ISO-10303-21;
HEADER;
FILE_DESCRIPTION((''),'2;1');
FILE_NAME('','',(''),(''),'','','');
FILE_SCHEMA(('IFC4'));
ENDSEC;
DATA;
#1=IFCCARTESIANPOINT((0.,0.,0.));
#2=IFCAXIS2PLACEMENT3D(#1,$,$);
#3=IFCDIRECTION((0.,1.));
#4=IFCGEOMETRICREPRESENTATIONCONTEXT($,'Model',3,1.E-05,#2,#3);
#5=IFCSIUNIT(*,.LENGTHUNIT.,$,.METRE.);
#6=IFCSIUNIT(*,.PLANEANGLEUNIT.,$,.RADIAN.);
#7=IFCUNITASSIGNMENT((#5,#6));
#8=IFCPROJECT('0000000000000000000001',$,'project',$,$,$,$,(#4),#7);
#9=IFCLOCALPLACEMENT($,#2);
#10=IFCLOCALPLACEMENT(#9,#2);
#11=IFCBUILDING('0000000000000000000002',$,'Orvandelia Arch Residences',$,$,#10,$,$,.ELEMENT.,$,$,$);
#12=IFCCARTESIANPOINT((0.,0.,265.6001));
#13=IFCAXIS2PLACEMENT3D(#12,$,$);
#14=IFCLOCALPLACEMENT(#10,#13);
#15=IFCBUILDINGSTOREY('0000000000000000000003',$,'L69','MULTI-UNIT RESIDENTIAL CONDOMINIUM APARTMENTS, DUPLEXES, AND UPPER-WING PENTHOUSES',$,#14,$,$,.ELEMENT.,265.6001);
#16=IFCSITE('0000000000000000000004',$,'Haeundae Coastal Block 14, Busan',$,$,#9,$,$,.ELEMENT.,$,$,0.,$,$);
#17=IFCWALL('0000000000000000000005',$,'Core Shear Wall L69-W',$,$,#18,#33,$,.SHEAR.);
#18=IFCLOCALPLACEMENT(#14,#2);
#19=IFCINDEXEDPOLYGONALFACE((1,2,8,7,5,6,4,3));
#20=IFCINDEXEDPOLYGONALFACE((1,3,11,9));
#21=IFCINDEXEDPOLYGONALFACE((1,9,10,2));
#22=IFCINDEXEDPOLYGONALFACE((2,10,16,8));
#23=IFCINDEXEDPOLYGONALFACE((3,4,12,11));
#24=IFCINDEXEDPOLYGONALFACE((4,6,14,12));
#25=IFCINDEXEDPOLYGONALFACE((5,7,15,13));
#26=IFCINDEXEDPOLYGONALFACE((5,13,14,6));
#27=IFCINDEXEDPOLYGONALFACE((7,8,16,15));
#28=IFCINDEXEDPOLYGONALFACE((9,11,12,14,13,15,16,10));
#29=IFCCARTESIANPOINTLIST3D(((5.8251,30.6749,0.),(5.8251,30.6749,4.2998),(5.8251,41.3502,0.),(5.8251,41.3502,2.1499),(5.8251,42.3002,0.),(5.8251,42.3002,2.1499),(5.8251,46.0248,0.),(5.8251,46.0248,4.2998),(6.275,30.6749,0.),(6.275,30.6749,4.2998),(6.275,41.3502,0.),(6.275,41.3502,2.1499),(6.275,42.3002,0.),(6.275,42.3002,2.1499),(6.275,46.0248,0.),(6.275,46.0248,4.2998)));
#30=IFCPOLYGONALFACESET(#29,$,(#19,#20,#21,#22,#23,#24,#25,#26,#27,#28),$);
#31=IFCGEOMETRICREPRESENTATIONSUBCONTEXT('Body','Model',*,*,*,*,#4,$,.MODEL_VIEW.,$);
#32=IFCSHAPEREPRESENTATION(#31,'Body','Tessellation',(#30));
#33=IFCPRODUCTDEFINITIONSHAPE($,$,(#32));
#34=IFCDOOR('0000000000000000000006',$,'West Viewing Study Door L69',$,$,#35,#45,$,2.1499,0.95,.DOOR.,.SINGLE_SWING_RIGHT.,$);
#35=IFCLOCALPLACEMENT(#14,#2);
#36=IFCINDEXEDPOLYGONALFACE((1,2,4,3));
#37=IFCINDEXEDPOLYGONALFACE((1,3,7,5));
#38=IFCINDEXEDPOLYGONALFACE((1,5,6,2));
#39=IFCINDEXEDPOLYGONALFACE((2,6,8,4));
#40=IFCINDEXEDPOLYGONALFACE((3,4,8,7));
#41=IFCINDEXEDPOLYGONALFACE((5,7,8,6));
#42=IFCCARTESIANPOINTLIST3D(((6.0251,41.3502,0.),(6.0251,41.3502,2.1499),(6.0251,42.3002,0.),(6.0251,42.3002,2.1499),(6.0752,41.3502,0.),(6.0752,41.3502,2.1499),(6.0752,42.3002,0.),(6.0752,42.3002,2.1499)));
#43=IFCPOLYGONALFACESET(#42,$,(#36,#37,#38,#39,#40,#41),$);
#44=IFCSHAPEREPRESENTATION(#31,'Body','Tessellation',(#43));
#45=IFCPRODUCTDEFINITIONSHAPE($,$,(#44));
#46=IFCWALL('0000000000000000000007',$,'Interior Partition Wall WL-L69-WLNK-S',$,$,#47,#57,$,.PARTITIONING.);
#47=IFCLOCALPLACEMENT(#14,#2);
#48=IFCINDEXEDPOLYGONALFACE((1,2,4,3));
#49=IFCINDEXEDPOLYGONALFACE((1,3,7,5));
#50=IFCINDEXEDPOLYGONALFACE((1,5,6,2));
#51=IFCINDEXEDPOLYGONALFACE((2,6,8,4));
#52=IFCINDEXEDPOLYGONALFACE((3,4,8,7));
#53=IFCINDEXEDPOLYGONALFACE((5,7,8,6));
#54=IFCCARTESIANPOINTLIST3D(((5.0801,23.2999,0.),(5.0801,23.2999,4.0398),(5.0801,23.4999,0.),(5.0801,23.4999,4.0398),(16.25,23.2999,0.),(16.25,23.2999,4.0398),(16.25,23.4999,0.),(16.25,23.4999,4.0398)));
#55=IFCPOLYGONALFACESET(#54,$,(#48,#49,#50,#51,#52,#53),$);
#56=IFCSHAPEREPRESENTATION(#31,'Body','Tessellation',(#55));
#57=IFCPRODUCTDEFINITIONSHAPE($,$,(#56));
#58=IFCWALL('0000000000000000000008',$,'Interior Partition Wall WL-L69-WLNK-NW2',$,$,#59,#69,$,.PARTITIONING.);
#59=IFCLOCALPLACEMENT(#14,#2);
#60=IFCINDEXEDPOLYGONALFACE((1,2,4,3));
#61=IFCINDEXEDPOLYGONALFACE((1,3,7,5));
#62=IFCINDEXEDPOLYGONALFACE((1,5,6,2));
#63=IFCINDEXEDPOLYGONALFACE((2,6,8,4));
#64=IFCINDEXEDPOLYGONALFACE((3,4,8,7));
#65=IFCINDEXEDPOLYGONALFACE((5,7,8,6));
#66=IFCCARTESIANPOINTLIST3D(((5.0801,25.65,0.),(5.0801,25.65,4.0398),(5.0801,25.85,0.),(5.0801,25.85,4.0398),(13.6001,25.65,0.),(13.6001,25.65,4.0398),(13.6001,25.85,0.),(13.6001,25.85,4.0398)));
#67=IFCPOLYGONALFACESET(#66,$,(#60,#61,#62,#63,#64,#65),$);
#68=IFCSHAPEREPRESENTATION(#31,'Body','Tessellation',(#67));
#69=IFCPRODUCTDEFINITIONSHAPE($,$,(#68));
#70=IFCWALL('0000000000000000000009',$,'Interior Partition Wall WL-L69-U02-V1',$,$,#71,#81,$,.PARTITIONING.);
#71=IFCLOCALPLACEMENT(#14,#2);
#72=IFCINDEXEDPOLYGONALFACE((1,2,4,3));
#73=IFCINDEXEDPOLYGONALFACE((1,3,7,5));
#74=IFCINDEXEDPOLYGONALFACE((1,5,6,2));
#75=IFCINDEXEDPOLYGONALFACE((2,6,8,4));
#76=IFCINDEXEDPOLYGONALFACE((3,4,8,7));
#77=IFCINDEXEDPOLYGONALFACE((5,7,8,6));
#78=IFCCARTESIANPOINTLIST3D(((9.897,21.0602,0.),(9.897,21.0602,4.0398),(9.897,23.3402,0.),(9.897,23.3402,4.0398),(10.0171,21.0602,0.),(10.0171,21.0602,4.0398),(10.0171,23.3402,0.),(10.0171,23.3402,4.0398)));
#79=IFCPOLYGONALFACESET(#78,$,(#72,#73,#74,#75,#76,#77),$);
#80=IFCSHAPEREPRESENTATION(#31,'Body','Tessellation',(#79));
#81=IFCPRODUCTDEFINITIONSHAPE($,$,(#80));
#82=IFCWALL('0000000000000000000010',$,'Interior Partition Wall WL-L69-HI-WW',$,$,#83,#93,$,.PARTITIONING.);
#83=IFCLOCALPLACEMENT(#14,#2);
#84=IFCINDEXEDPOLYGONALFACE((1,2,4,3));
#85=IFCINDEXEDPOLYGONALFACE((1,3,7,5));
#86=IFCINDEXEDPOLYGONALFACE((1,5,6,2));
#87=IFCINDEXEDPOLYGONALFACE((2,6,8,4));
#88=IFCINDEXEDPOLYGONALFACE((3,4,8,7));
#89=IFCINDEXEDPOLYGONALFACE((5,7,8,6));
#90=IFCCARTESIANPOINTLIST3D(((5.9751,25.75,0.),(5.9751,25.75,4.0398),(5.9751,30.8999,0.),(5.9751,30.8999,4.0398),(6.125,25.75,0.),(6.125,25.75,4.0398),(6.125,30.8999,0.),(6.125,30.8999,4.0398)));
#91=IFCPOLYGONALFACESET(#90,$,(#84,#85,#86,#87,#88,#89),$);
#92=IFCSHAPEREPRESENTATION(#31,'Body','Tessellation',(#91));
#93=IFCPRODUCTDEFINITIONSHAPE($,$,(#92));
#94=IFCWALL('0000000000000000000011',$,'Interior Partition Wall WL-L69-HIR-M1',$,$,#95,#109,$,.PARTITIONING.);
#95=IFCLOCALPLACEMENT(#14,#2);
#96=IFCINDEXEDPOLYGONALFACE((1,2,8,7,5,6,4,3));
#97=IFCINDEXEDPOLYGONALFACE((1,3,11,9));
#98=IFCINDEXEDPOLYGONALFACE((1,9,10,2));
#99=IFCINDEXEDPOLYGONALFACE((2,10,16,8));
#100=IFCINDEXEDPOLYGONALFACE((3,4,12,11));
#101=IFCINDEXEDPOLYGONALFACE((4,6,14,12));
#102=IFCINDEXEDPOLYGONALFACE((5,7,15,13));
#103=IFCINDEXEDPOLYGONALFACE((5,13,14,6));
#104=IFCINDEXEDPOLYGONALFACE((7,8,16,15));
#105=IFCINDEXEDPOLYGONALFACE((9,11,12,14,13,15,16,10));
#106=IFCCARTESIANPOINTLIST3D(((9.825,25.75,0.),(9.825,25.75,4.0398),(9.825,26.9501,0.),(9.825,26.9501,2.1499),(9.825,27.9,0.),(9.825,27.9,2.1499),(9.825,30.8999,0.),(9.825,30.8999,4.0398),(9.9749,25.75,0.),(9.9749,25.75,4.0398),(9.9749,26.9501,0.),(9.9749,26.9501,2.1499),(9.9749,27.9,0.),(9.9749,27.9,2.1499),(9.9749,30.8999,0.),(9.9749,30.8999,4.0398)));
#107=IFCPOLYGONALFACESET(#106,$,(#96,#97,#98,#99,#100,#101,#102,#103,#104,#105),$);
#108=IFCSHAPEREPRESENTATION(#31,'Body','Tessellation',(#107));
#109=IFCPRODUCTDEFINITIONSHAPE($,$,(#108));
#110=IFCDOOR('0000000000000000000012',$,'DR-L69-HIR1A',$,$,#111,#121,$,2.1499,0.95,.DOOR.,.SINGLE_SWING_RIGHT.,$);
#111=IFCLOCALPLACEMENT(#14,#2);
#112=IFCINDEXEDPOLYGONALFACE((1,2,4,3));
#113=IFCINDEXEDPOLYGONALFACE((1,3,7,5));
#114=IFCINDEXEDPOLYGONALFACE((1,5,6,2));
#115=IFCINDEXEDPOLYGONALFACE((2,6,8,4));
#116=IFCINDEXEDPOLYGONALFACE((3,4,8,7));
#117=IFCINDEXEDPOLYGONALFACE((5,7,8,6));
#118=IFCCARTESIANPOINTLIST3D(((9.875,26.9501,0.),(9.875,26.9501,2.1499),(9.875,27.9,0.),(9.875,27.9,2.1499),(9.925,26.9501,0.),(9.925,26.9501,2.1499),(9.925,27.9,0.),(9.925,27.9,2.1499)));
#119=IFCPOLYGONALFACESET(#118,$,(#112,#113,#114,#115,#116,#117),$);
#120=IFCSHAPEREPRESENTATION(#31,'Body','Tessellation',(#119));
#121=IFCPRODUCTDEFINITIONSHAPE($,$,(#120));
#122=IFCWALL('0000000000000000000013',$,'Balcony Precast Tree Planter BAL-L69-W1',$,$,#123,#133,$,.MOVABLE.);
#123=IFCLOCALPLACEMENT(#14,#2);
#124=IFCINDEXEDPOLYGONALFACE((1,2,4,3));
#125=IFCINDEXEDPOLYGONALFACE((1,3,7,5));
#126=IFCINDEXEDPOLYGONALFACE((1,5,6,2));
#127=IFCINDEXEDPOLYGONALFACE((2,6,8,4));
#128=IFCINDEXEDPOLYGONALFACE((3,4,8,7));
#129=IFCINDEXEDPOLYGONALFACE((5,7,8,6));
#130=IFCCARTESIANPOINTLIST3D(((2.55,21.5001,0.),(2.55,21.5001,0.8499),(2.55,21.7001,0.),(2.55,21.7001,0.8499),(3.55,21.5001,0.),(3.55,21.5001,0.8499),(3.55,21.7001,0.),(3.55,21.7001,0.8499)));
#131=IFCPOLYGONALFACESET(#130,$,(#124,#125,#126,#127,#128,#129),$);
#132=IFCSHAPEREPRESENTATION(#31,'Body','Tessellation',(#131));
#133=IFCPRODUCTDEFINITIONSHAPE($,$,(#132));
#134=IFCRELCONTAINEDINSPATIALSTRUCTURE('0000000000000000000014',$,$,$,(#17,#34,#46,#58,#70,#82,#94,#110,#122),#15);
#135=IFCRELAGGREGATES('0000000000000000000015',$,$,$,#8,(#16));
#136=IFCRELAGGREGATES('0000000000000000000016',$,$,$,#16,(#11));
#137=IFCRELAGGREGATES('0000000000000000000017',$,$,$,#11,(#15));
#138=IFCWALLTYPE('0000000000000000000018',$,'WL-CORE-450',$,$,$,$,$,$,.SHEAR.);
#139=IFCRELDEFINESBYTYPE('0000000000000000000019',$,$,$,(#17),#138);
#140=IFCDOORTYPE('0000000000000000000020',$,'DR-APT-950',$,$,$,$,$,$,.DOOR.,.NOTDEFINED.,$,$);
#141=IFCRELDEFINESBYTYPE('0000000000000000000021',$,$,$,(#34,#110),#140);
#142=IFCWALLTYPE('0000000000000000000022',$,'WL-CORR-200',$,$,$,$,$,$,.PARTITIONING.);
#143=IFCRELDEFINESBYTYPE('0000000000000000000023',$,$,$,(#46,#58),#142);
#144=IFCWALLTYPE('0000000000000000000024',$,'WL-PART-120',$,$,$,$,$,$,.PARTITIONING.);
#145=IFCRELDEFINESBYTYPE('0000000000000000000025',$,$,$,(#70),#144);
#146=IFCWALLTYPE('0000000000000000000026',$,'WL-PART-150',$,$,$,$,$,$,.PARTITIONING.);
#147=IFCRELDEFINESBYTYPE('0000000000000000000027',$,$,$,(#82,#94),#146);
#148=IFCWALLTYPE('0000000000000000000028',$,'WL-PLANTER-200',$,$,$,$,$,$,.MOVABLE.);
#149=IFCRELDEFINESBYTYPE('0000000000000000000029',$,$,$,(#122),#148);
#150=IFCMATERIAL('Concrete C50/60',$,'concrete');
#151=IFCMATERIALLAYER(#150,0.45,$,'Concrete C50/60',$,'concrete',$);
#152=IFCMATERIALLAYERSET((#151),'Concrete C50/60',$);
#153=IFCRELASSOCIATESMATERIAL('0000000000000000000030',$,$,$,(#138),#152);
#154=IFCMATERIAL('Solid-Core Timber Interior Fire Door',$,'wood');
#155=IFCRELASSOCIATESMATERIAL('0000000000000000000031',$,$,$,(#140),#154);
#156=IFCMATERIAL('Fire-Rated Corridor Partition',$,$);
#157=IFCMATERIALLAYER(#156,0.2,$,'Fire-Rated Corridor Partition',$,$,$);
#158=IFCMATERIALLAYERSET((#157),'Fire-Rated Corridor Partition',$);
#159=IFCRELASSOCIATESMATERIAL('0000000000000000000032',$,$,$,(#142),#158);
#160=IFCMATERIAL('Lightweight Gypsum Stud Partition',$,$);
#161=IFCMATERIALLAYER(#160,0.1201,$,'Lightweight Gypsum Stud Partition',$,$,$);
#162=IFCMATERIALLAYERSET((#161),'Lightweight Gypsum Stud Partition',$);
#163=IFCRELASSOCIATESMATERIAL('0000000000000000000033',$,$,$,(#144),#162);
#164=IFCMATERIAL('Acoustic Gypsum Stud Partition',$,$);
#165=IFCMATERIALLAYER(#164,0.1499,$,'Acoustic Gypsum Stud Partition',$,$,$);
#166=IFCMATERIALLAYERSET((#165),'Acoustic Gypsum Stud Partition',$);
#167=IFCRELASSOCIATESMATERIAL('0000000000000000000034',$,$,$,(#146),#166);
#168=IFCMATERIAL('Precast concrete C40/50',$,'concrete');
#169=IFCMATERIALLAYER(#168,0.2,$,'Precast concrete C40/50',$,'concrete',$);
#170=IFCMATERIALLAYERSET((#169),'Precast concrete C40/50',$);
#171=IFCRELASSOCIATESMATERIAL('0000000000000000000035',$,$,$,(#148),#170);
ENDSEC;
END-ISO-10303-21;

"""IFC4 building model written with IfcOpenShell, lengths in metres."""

from ifc_helpers import new_model, si_unit, direction, frame, frame_2d, origin, place, context, subcontext, project, spatial, rectangle, extrude, material, layer, layer_set, type_object, element, fill, save


model = new_model("IFC4")

# Units and contexts
model_context = context("Model", 3, precision=1e-05, world=origin(), true_north=direction((0.0, 1.0)))
body_context = subcontext(model_context, "Body", "Model", "MODEL_VIEW")
ifc_project = project(units=[si_unit("LENGTHUNIT", "METRE"), si_unit("PLANEANGLEUNIT", "RADIAN")], contexts=[model_context])

# Site, building, storey
site_placement = place(None, origin())
site = spatial("IfcSite", under=ifc_project, at=site_placement, Name="Haeundae Coastal Block 14, Busan", CompositionType="ELEMENT", RefElevation=0.0)
building_placement = place(site_placement, origin())
building = spatial("IfcBuilding", under=site, at=building_placement, Name="Orvandelia Arch Residences", CompositionType="ELEMENT")
storey_placement = place(building_placement, frame((0.0, 0.0, 265.6001)))
storey = spatial("IfcBuildingStorey", under=building, at=storey_placement, Name="L69", Description="MULTI-UNIT RESIDENTIAL CONDOMINIUM APARTMENTS, DUPLEXES, AND UPPER-WING PENTHOUSES", CompositionType="ELEMENT", Elevation=265.6001)

# Shared definitions
ifc_material_1 = material(Name="Concrete C50/60", Category="concrete")

# Wall, opening, door
ifc_layer_1 = layer(ifc_material_1, 0.45, Name="Concrete C50/60", Category="concrete")
ifc_layer_set_1 = layer_set([ifc_layer_1], Name="Concrete C50/60")
wall_type_1 = type_object("IfcWallType", Name="WL-CORE-450", PredefinedType="SHEAR", material=ifc_layer_set_1)
wall_1_placement = place(storey_placement, frame((6.05, 30.675, 0.0), z_axis=(0.0, 0.0, 1.0), x_axis=(0.0, 1.0, 0.0)))
wall_1 = element("IfcWall", 1, at=wall_1_placement, inside=storey, type_object=wall_type_1, Name="Core Shear Wall L69-W", PredefinedType="SHEAR", context=body_context, shape_type="SweptSolid", body=[
    extrude(rectangle(XDim=15.3499, YDim=0.45, at=frame_2d((7.6748, 0.0))), origin(), (0.0, 0.0, 1.0), 4.2998),
])
opening_1_placement = place(wall_1_placement, frame((10.675, 0.0, 0.0)))
opening_1 = element("IfcOpeningElement", 2, at=opening_1_placement, cuts=wall_1, PredefinedType="OPENING", context=body_context, shape_type="SweptSolid", body=[
    extrude(rectangle(XDim=0.95, YDim=2.1499, at=frame_2d((0.4751, 1.075))), frame((0.0, 0.2349, 0.0), z_axis=(0.0, -1.0, 0.0), x_axis=(1.0, 0.0, 0.0)), (0.0, 0.0, 1.0), 0.47),
])
ifc_material_2 = material(Name="Solid-Core Timber Interior Fire Door", Category="wood")
door_type_1 = type_object("IfcDoorType", Name="DR-APT-950", OperationType="NOTDEFINED", PredefinedType="DOOR", material=ifc_material_2)
door_1_placement = place(opening_1_placement, origin())
door_1 = element("IfcDoor", 3, at=door_1_placement, inside=storey, type_object=door_type_1, Name="West Viewing Study Door L69", OperationType="SINGLE_SWING_RIGHT", OverallHeight=2.1499, OverallWidth=0.95, PredefinedType="DOOR", context=body_context, shape_type="SweptSolid", body=[
    extrude(rectangle(XDim=0.95, YDim=2.1499, at=frame_2d((0.4751, 1.075))), frame((0.0, 0.0249, 0.0), z_axis=(0.0, -1.0, 0.0), x_axis=(1.0, 0.0, 0.0)), (0.0, 0.0, 1.0), 0.05),
])
fill(opening_1, door_1)

# Walls
ifc_material_3 = material(Name="Fire-Rated Corridor Partition")
ifc_layer_2 = layer(ifc_material_3, 0.2, Name="Fire-Rated Corridor Partition")
ifc_layer_set_2 = layer_set([ifc_layer_2], Name="Fire-Rated Corridor Partition")
wall_type_2 = type_object("IfcWallType", Name="WL-CORR-200", PredefinedType="PARTITIONING", material=ifc_layer_set_2)
wall_2_placement = place(storey_placement, frame((5.0801, 23.3999, 0.0), z_axis=(0.0, 0.0, 1.0), x_axis=(1.0, 0.0, 0.0)))
element("IfcWall", 4, at=wall_2_placement, inside=storey, type_object=wall_type_2, Name="Interior Partition Wall WL-L69-WLNK-S", PredefinedType="PARTITIONING", context=body_context, shape_type="SweptSolid", body=[
    extrude(rectangle(XDim=11.1699, YDim=0.2, at=frame_2d((5.585, 0.0))), origin(), (0.0, 0.0, 1.0), 4.0398),
])
wall_3_placement = place(storey_placement, frame((5.0801, 25.75, 0.0), z_axis=(0.0, 0.0, 1.0), x_axis=(1.0, 0.0, 0.0)))
element("IfcWall", 5, at=wall_3_placement, inside=storey, type_object=wall_type_2, Name="Interior Partition Wall WL-L69-WLNK-NW2", PredefinedType="PARTITIONING", context=body_context, shape_type="SweptSolid", body=[
    extrude(rectangle(XDim=8.52, YDim=0.2, at=frame_2d((4.26, 0.0))), origin(), (0.0, 0.0, 1.0), 4.0398),
])
ifc_material_4 = material(Name="Lightweight Gypsum Stud Partition")
ifc_layer_3 = layer(ifc_material_4, 0.1201, Name="Lightweight Gypsum Stud Partition")
ifc_layer_set_3 = layer_set([ifc_layer_3], Name="Lightweight Gypsum Stud Partition")
wall_type_3 = type_object("IfcWallType", Name="WL-PART-120", PredefinedType="PARTITIONING", material=ifc_layer_set_3)
wall_4_placement = place(storey_placement, frame((9.957, 21.0601, 0.0), z_axis=(0.0, 0.0, 1.0), x_axis=(0.0, 1.0, 0.0)))
element("IfcWall", 6, at=wall_4_placement, inside=storey, type_object=wall_type_3, Name="Interior Partition Wall WL-L69-U02-V1", PredefinedType="PARTITIONING", context=body_context, shape_type="SweptSolid", body=[
    extrude(rectangle(XDim=2.28, YDim=0.1201, at=frame_2d((1.1401, 0.0))), origin(), (0.0, 0.0, 1.0), 4.0398),
])
ifc_material_5 = material(Name="Acoustic Gypsum Stud Partition")
ifc_layer_4 = layer(ifc_material_5, 0.1499, Name="Acoustic Gypsum Stud Partition")
ifc_layer_set_4 = layer_set([ifc_layer_4], Name="Acoustic Gypsum Stud Partition")
wall_type_4 = type_object("IfcWallType", Name="WL-PART-150", PredefinedType="PARTITIONING", material=ifc_layer_set_4)
wall_5_placement = place(storey_placement, frame((6.05, 25.75, 0.0), z_axis=(0.0, 0.0, 1.0), x_axis=(0.0, 1.0, 0.0)))
element("IfcWall", 7, at=wall_5_placement, inside=storey, type_object=wall_type_4, Name="Interior Partition Wall WL-L69-HI-WW", PredefinedType="PARTITIONING", context=body_context, shape_type="SweptSolid", body=[
    extrude(rectangle(XDim=5.1499, YDim=0.1499, at=frame_2d((2.575, 0.0))), origin(), (0.0, 0.0, 1.0), 4.0398),
])

# Wall, opening, door
wall_6_placement = place(storey_placement, frame((9.8999, 25.75, 0.0), z_axis=(0.0, 0.0, 1.0), x_axis=(0.0, 1.0, 0.0)))
wall_6 = element("IfcWall", 8, at=wall_6_placement, inside=storey, type_object=wall_type_4, Name="Interior Partition Wall WL-L69-HIR-M1", PredefinedType="PARTITIONING", context=body_context, shape_type="SweptSolid", body=[
    extrude(rectangle(XDim=5.1499, YDim=0.1499, at=frame_2d((2.575, 0.0))), origin(), (0.0, 0.0, 1.0), 4.0398),
])
opening_2_placement = place(wall_6_placement, frame((1.2, 0.0, 0.0)))
opening_2 = element("IfcOpeningElement", 9, at=opening_2_placement, cuts=wall_6, PredefinedType="OPENING", context=body_context, shape_type="SweptSolid", body=[
    extrude(rectangle(XDim=0.95, YDim=2.1499, at=frame_2d((0.4751, 1.075))), frame((0.0, 0.085, 0.0), z_axis=(0.0, -1.0, 0.0), x_axis=(1.0, 0.0, 0.0)), (0.0, 0.0, 1.0), 0.1699),
])
door_2_placement = place(opening_2_placement, origin())
door_2 = element("IfcDoor", 10, at=door_2_placement, inside=storey, type_object=door_type_1, Name="DR-L69-HIR1A", OperationType="SINGLE_SWING_RIGHT", OverallHeight=2.1499, OverallWidth=0.95, PredefinedType="DOOR", context=body_context, shape_type="SweptSolid", body=[
    extrude(rectangle(XDim=0.95, YDim=2.1499, at=frame_2d((0.4751, 1.075))), frame((0.0, 0.0249, 0.0), z_axis=(0.0, -1.0, 0.0), x_axis=(1.0, 0.0, 0.0)), (0.0, 0.0, 1.0), 0.05),
])
fill(opening_2, door_2)

# Wall
ifc_material_6 = material(Name="Precast concrete C40/50", Category="concrete")
ifc_layer_5 = layer(ifc_material_6, 0.2, Name="Precast concrete C40/50", Category="concrete")
ifc_layer_set_5 = layer_set([ifc_layer_5], Name="Precast concrete C40/50")
wall_type_5 = type_object("IfcWallType", Name="WL-PLANTER-200", PredefinedType="MOVABLE", material=ifc_layer_set_5)
wall_7_placement = place(storey_placement, frame((2.55, 21.6001, 0.0), z_axis=(0.0, 0.0, 1.0), x_axis=(1.0, 0.0, 0.0)))
element("IfcWall", 11, at=wall_7_placement, inside=storey, type_object=wall_type_5, Name="Balcony Precast Tree Planter BAL-L69-W1", PredefinedType="MOVABLE", context=body_context, shape_type="SweptSolid", body=[
    extrude(rectangle(XDim=1.0, YDim=0.2, at=frame_2d((0.5, 0.0))), origin(), (0.0, 0.0, 1.0), 0.8499),
])

save(model, "model.ifc")
